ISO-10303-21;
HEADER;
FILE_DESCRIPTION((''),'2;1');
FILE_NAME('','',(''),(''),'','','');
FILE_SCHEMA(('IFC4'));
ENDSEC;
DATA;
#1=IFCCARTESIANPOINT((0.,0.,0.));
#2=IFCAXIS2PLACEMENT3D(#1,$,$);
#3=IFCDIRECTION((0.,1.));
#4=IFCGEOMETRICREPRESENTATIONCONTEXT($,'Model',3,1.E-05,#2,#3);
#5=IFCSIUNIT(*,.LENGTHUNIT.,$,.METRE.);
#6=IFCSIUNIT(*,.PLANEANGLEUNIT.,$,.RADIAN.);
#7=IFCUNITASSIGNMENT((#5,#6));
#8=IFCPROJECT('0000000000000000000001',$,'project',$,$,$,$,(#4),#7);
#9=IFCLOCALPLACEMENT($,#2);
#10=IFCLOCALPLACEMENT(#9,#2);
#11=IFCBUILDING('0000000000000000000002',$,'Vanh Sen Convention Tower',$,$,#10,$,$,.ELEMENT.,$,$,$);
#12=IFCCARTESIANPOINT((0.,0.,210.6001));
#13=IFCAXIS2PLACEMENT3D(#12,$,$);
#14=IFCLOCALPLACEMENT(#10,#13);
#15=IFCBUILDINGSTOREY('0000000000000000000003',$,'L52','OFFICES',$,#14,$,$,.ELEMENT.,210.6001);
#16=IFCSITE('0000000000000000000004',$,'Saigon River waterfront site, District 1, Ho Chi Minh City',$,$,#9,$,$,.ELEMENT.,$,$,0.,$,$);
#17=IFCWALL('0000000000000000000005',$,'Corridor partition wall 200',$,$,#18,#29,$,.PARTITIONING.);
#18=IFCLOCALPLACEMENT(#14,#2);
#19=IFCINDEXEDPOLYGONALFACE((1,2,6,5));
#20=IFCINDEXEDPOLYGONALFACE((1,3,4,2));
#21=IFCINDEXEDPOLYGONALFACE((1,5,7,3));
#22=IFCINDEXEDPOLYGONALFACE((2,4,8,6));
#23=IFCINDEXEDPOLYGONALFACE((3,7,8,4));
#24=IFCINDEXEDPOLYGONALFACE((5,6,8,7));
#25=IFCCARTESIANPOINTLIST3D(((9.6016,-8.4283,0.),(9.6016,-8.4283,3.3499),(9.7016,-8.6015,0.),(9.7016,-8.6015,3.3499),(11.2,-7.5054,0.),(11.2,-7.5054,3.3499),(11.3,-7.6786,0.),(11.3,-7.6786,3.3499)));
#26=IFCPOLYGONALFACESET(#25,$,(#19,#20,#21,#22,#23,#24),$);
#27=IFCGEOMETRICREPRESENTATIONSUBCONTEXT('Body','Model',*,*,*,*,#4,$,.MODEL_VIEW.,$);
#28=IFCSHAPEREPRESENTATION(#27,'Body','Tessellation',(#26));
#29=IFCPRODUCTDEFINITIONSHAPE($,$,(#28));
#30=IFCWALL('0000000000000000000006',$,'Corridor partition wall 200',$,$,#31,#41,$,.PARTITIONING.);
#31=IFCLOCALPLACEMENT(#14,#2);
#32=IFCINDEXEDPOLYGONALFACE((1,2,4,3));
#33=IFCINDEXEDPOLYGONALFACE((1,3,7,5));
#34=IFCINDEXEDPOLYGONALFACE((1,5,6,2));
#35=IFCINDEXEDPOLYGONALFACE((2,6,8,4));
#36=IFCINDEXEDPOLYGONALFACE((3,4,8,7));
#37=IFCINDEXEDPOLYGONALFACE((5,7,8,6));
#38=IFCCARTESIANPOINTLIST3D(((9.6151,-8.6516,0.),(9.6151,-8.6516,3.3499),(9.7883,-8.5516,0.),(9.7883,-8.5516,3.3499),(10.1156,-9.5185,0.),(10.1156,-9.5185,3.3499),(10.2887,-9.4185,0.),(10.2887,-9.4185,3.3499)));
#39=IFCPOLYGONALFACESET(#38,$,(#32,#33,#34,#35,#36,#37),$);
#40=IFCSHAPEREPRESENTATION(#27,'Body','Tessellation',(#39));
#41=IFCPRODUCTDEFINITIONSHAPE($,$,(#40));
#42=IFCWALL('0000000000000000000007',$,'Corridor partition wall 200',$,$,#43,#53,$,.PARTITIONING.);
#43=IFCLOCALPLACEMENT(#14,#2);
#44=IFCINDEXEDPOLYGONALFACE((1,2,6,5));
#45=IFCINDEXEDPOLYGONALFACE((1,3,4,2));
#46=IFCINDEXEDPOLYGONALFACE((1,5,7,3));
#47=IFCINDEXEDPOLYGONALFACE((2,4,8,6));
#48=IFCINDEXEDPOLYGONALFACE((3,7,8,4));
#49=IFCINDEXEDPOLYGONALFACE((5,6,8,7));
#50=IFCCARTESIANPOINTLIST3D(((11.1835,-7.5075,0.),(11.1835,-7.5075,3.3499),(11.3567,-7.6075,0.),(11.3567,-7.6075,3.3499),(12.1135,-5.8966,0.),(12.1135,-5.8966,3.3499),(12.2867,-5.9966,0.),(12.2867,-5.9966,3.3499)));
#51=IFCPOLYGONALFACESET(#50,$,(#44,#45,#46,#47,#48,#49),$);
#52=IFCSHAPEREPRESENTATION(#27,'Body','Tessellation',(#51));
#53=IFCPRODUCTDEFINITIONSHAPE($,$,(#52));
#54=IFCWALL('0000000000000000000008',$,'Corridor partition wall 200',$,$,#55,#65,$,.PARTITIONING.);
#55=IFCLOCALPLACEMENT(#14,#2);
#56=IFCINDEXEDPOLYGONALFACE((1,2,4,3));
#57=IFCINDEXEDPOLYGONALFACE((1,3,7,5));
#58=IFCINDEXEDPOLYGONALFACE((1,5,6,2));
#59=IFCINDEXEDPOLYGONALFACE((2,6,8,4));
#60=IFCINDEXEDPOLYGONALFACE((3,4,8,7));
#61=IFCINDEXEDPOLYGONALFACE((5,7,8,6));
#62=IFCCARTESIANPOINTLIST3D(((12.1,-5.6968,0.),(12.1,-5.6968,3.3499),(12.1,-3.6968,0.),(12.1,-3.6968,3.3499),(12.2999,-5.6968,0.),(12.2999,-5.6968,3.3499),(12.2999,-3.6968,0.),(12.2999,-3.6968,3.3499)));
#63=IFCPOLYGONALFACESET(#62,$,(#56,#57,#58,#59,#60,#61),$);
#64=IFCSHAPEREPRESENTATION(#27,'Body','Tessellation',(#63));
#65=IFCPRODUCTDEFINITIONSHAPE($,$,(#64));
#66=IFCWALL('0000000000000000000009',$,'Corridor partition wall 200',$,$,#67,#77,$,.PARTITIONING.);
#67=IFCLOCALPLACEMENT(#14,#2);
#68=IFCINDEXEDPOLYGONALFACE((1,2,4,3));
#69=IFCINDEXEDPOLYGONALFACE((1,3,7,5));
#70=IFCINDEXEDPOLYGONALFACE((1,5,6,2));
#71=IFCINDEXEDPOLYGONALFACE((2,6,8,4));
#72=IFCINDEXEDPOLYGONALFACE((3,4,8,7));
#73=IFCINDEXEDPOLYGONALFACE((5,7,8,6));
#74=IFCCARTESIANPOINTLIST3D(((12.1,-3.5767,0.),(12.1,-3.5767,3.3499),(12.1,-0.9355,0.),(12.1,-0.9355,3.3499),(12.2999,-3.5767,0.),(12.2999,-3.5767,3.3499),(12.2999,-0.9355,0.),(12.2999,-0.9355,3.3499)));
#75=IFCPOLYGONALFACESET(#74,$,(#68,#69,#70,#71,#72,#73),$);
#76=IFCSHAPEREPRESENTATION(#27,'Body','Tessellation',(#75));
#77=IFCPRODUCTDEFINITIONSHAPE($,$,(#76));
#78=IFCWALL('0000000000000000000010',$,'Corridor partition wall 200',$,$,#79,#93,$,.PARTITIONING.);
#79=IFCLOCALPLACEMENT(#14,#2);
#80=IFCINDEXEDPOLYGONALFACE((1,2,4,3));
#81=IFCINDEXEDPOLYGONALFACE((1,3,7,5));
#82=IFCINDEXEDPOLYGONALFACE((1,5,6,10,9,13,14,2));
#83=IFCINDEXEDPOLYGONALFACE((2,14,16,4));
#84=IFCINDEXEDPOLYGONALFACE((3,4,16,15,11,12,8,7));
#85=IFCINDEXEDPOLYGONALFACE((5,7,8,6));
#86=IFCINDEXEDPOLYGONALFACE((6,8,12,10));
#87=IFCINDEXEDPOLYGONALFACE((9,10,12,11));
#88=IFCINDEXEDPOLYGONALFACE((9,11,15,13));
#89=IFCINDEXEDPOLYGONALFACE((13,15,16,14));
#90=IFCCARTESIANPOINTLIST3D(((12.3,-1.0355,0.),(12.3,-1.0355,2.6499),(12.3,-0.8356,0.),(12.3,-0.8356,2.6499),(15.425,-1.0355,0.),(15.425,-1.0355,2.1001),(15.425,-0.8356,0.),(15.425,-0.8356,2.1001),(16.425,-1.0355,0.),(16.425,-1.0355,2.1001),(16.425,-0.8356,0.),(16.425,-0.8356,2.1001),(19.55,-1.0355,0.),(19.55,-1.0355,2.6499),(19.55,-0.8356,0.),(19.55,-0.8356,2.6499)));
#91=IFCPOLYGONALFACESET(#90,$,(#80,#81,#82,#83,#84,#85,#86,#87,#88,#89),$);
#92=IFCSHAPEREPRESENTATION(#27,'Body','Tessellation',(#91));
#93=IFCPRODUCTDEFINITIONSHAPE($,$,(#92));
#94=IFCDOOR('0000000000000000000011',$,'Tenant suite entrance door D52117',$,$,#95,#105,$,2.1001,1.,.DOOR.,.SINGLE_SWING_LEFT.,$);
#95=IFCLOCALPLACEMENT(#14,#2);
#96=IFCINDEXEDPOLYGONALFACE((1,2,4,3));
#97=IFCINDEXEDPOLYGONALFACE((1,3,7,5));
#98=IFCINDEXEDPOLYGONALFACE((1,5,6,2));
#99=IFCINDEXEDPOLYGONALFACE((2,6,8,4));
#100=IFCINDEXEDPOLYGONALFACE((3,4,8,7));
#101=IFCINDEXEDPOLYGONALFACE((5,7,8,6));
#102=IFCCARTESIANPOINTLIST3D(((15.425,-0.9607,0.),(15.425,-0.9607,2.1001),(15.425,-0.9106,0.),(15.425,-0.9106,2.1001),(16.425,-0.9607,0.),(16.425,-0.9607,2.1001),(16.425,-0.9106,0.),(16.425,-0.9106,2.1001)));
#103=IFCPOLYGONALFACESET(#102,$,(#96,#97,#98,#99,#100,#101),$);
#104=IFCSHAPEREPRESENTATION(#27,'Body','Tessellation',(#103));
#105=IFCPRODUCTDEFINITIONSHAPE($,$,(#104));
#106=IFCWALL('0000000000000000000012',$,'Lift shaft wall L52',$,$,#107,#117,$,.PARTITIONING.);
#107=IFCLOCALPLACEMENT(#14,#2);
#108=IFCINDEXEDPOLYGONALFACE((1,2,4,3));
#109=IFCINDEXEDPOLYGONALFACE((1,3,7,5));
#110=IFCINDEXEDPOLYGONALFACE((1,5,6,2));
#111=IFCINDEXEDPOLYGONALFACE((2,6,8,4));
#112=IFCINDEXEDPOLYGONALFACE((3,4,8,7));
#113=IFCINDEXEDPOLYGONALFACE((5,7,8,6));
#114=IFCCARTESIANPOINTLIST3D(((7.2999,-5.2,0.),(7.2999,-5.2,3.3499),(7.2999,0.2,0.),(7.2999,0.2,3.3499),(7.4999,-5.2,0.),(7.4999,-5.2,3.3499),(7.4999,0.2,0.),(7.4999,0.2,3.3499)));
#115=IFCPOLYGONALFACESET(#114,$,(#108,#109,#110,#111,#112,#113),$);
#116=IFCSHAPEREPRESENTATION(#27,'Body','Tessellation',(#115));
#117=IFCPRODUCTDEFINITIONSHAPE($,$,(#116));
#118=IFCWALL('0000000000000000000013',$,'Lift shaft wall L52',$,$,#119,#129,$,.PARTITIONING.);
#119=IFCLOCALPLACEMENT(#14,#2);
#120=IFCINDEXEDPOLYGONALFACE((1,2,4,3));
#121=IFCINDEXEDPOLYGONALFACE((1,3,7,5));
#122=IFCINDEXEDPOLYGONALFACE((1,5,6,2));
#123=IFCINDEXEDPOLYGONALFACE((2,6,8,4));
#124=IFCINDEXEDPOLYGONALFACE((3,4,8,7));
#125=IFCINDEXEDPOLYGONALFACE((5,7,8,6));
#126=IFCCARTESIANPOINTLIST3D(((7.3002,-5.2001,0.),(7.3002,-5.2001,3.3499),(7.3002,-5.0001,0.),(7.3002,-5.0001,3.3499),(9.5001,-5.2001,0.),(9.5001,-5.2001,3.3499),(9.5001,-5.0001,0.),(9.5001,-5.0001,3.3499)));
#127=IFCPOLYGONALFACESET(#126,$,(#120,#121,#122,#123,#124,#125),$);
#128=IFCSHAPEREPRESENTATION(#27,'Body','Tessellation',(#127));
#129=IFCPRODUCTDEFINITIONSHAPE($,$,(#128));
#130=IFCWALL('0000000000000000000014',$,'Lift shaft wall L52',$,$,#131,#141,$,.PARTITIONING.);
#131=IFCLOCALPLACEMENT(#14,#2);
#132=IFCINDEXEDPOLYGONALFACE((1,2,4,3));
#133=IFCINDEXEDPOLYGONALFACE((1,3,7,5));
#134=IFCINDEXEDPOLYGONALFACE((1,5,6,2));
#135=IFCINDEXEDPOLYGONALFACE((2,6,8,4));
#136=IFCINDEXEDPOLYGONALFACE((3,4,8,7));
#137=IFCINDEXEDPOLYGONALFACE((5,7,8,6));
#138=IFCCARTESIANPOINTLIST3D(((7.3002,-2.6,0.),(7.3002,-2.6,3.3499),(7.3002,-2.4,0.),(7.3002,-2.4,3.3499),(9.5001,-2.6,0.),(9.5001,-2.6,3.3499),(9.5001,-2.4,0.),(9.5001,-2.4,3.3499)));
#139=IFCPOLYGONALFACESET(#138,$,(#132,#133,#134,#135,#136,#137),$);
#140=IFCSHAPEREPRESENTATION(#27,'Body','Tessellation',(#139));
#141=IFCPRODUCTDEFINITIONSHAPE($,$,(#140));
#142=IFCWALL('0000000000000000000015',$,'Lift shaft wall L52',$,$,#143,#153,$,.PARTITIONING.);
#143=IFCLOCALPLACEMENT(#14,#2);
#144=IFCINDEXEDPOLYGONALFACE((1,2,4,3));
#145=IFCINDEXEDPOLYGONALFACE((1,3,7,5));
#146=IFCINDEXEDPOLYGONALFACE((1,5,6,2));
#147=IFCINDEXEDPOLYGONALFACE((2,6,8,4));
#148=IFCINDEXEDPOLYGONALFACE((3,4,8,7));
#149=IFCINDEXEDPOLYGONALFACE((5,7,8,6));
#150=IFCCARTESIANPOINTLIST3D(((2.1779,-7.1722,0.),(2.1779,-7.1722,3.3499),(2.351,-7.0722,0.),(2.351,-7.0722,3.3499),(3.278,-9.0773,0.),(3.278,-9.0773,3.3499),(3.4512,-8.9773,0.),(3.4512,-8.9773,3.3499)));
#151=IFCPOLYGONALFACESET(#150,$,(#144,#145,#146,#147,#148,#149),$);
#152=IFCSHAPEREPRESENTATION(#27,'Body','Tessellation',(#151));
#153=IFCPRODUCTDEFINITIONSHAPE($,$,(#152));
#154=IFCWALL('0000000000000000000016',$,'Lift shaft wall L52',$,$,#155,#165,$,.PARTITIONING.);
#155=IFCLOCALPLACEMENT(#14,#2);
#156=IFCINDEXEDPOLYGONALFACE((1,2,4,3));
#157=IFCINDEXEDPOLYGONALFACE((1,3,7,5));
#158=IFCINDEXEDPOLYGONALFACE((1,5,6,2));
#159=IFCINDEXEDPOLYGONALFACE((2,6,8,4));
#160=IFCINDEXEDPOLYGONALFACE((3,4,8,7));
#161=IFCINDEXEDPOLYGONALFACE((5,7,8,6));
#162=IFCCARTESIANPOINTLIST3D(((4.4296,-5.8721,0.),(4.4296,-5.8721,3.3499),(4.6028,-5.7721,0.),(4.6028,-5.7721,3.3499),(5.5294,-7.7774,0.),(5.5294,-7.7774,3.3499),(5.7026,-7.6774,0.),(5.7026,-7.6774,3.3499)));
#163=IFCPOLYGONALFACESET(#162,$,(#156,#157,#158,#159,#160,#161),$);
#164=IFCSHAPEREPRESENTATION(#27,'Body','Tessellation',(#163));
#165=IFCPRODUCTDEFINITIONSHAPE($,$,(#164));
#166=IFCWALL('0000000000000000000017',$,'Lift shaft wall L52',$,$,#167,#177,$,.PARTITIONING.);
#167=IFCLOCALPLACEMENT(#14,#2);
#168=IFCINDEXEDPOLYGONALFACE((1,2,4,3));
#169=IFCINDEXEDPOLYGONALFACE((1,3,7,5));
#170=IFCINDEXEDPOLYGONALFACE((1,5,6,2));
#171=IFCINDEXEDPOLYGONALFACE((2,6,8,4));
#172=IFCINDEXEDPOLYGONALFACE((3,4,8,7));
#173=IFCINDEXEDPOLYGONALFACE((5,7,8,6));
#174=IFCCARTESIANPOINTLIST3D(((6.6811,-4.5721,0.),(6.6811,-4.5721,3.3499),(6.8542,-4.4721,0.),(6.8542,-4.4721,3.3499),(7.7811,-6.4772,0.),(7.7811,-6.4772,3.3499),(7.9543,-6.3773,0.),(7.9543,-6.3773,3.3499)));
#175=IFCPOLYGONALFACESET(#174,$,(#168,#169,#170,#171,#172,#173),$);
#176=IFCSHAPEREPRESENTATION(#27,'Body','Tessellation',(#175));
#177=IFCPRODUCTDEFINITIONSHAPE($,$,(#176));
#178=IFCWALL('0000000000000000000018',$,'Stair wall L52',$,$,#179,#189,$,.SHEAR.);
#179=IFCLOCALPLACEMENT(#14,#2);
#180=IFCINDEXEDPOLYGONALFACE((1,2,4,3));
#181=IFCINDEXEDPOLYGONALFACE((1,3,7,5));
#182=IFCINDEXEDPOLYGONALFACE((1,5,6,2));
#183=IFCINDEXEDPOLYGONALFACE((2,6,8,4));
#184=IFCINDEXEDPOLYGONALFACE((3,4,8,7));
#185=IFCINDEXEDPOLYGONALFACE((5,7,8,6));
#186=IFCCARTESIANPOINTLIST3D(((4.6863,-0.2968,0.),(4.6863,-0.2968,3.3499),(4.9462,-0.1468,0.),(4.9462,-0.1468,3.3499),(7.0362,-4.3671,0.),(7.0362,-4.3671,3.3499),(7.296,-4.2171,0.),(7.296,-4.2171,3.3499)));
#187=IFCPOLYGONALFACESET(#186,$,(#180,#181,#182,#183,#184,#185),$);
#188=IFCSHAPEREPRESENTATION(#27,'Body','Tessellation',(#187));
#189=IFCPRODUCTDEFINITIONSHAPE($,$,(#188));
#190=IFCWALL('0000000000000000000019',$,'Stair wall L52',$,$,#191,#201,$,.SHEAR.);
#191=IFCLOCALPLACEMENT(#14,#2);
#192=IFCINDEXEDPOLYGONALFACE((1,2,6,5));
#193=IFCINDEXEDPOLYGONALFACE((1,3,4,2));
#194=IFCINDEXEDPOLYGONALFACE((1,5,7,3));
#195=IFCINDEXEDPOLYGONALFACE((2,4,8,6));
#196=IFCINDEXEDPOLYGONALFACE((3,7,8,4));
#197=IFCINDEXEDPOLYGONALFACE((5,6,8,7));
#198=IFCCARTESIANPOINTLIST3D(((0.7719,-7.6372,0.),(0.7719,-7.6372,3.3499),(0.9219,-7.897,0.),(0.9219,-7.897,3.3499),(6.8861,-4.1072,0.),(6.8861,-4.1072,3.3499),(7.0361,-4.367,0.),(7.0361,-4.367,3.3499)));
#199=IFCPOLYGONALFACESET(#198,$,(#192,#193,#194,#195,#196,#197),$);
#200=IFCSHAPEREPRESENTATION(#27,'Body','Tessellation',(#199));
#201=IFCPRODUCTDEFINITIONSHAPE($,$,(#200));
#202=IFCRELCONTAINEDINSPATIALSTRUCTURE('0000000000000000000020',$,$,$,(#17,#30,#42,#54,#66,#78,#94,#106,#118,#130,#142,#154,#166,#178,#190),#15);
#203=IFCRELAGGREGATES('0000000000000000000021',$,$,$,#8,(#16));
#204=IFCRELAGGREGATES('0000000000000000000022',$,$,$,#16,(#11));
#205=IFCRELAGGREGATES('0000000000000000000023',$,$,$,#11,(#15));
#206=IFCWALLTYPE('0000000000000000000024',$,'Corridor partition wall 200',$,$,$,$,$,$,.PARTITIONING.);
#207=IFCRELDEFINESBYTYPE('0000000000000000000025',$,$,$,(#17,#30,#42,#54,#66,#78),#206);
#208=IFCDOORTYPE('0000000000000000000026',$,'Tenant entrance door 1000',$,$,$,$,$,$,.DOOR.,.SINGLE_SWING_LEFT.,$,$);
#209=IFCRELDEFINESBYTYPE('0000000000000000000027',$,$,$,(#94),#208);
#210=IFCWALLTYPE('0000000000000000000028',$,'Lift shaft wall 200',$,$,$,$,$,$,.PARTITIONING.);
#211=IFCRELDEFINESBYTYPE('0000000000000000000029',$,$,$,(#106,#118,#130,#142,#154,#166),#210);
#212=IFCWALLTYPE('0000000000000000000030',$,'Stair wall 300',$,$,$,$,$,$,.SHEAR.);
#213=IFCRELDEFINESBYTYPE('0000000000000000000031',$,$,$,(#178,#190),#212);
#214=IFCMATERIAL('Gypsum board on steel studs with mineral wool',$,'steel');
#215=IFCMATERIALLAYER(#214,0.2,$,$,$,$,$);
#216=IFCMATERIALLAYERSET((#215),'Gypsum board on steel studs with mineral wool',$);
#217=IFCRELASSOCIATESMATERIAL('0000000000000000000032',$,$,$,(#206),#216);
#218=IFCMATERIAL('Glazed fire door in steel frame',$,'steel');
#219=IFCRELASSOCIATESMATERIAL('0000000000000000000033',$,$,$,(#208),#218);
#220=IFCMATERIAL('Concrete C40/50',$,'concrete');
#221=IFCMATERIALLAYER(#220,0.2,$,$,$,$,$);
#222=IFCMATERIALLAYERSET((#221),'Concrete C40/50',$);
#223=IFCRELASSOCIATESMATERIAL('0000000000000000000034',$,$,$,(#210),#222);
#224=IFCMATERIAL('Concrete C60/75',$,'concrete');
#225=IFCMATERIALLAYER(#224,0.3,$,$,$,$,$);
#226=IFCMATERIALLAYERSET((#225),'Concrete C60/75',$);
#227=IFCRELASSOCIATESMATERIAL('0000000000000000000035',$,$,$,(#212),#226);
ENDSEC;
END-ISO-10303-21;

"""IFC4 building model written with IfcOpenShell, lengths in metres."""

from ifc_helpers import new_model, si_unit, direction, frame, frame_2d, origin, place, context, subcontext, project, spatial, rectangle, extrude, material, layer, layer_set, type_object, element, fill, save


model = new_model("IFC4")

# Units and contexts
model_context = context("Model", 3, precision=1e-05, world=origin(), true_north=direction((0.0, 1.0)))
body_context = subcontext(model_context, "Body", "Model", "MODEL_VIEW")
ifc_project = project(units=[si_unit("LENGTHUNIT", "METRE"), si_unit("PLANEANGLEUNIT", "RADIAN")], contexts=[model_context])

# Site, building, storey
site_placement = place(None, origin())
site = spatial("IfcSite", under=ifc_project, at=site_placement, Name="Saigon River waterfront site, District 1, Ho Chi Minh City", CompositionType="ELEMENT", RefElevation=0.0)
building_placement = place(site_placement, origin())
building = spatial("IfcBuilding", under=site, at=building_placement, Name="Vanh Sen Convention Tower", CompositionType="ELEMENT")
storey_placement = place(building_placement, frame((0.0, 0.0, 210.6001)))
storey = spatial("IfcBuildingStorey", under=building, at=storey_placement, Name="L52", Description="OFFICES", CompositionType="ELEMENT", Elevation=210.6001)

# Shared definitions
ifc_material_1 = material(Name="Concrete C60/75", Category="concrete")

# Walls
ifc_material_2 = material(Name="Gypsum board on steel studs with mineral wool", Category="steel")
ifc_layer_1 = layer(ifc_material_2, 0.2)
ifc_layer_set_1 = layer_set([ifc_layer_1], Name="Gypsum board on steel studs with mineral wool")
wall_type_1 = type_object("IfcWallType", Name="Corridor partition wall 200", PredefinedType="PARTITIONING", material=ifc_layer_set_1)
wall_1_placement = place(storey_placement, frame((9.6516, -8.5149, 0.0), z_axis=(0.0, 0.0, 1.0), x_axis=(0.86602, 0.500009, 0.0)))
element("IfcWall", 1, at=wall_1_placement, inside=storey, type_object=wall_type_1, Name="Corridor partition wall 200", PredefinedType="PARTITIONING", context=body_context, shape_type="SweptSolid", body=[
    extrude(rectangle(XDim=1.8457, YDim=0.2, at=frame_2d((0.9229, 0.0))), origin(), (0.0, 0.0, 1.0), 3.3499),
])
wall_2_placement = place(storey_placement, frame((10.2021, -9.4685, 0.0), z_axis=(0.0, 0.0, 1.0), x_axis=(-0.499969, 0.866043, 0.0)))
element("IfcWall", 2, at=wall_2_placement, inside=storey, type_object=wall_type_1, Name="Corridor partition wall 200", PredefinedType="PARTITIONING", context=body_context, shape_type="SweptSolid", body=[
    extrude(rectangle(XDim=1.001, YDim=0.2, at=frame_2d((0.5005, 0.0))), origin(), (0.0, 0.0, 1.0), 3.3499),
])
wall_3_placement = place(storey_placement, frame((11.27, -7.5576, 0.0), z_axis=(0.0, 0.0, 1.0), x_axis=(0.499965, 0.866046, 0.0)))
element("IfcWall", 3, at=wall_3_placement, inside=storey, type_object=wall_type_1, Name="Corridor partition wall 200", PredefinedType="PARTITIONING", context=body_context, shape_type="SweptSolid", body=[
    extrude(rectangle(XDim=1.8601, YDim=0.2, at=frame_2d((0.9302, 0.0))), origin(), (0.0, 0.0, 1.0), 3.3499),
])
wall_4_placement = place(storey_placement, frame((12.2, -5.6968, 0.0), z_axis=(0.0, 0.0, 1.0), x_axis=(0.0, 1.0, 0.0)))
element("IfcWall", 4, at=wall_4_placement, inside=storey, type_object=wall_type_1, Name="Corridor partition wall 200", PredefinedType="PARTITIONING", context=body_context, shape_type="SweptSolid", body=[
    extrude(rectangle(XDim=2.0, YDim=0.2, at=frame_2d((1.0, 0.0))), origin(), (0.0, 0.0, 1.0), 3.3499),
])
wall_5_placement = place(storey_placement, frame((12.2, -3.5767, 0.0), z_axis=(0.0, 0.0, 1.0), x_axis=(0.0, 1.0, 0.0)))
element("IfcWall", 5, at=wall_5_placement, inside=storey, type_object=wall_type_1, Name="Corridor partition wall 200", PredefinedType="PARTITIONING", context=body_context, shape_type="SweptSolid", body=[
    extrude(rectangle(XDim=2.6411, YDim=0.2, at=frame_2d((1.3206, 0.0))), origin(), (0.0, 0.0, 1.0), 3.3499),
])

# Wall, opening, door
wall_6_placement = place(storey_placement, frame((12.3, -0.9355, 0.0), z_axis=(0.0, 0.0, 1.0), x_axis=(1.0, 0.0, 0.0)))
wall_6 = element("IfcWall", 6, at=wall_6_placement, inside=storey, type_object=wall_type_1, Name="Corridor partition wall 200", PredefinedType="PARTITIONING", context=body_context, shape_type="SweptSolid", body=[
    extrude(rectangle(XDim=7.25, YDim=0.2, at=frame_2d((3.625, 0.0))), origin(), (0.0, 0.0, 1.0), 2.6499),
])
opening_1_placement = place(wall_6_placement, frame((3.125, 0.0, 0.0)))
opening_1 = element("IfcOpeningElement", 7, at=opening_1_placement, cuts=wall_6, PredefinedType="OPENING", context=body_context, shape_type="SweptSolid", body=[
    extrude(rectangle(XDim=1.0, YDim=2.1001, at=frame_2d((0.5, 1.05))), frame((0.0, 0.1099, 0.0), z_axis=(0.0, -1.0, 0.0), x_axis=(1.0, 0.0, 0.0)), (0.0, 0.0, 1.0), 0.22),
])
ifc_material_3 = material(Name="Glazed fire door in steel frame", Category="steel")
door_type_1 = type_object("IfcDoorType", Name="Tenant entrance door 1000", OperationType="SINGLE_SWING_LEFT", PredefinedType="DOOR", material=ifc_material_3)
door_1_placement = place(opening_1_placement, origin())
door_1 = element("IfcDoor", 8, at=door_1_placement, inside=storey, type_object=door_type_1, Name="Tenant suite entrance door D52117", OperationType="SINGLE_SWING_LEFT", OverallHeight=2.1001, OverallWidth=1.0, PredefinedType="DOOR", context=body_context, shape_type="SweptSolid", body=[
    extrude(rectangle(XDim=1.0, YDim=2.1001, at=frame_2d((0.5, 1.05))), frame((0.0, 0.0249, 0.0), z_axis=(0.0, -1.0, 0.0), x_axis=(1.0, 0.0, 0.0)), (0.0, 0.0, 1.0), 0.05),
])
fill(opening_1, door_1)

# Walls
ifc_material_4 = material(Name="Concrete C40/50", Category="concrete")
ifc_layer_2 = layer(ifc_material_4, 0.2)
ifc_layer_set_2 = layer_set([ifc_layer_2], Name="Concrete C40/50")
wall_type_2 = type_object("IfcWallType", Name="Lift shaft wall 200", PredefinedType="PARTITIONING", material=ifc_layer_set_2)
wall_7_placement = place(storey_placement, frame((7.3999, -5.2, 0.0), z_axis=(0.0, 0.0, 1.0), x_axis=(0.0, 1.0, 0.0)))
element("IfcWall", 9, at=wall_7_placement, inside=storey, type_object=wall_type_2, Name="Lift shaft wall L52", PredefinedType="PARTITIONING", context=body_context, shape_type="SweptSolid", body=[
    extrude(rectangle(XDim=5.3999, YDim=0.2, at=frame_2d((2.7, 0.0))), origin(), (0.0, 0.0, 1.0), 3.3499),
])
for number, where, z_axis, x_axis, name in (
    (10, (7.3, -5.1001, 0.0), (0.0, 0.0, 1.0), (1.0, 0.0, 0.0), "Lift shaft wall L52"),
    (11, (7.3, -2.5, 0.0), (0.0, 0.0, 1.0), (1.0, 0.0, 0.0), "Lift shaft wall L52"),
    (12, (2.2644, -7.1221, 0.0), (0.0, 0.0, 1.0), (0.500078, -0.86598, 0.0), "Lift shaft wall L52"),
    (13, (4.5161, -5.822, 0.0), (0.0, 0.0, 1.0), (0.499947, -0.866056, 0.0), "Lift shaft wall L52"),
    (14, (6.7676, -4.522, 0.0), (0.0, 0.0, 1.0), (0.50003, -0.866008, 0.0), "Lift shaft wall L52"),
):
    element("IfcWall", number, at=place(storey_placement, frame(where, z_axis=z_axis, x_axis=x_axis)), inside=storey, type_object=wall_type_2, Name=name, PredefinedType="PARTITIONING", context=body_context, shape_type="SweptSolid", body=[
        extrude(rectangle(XDim=2.2, YDim=0.2, at=frame_2d((1.1001, 0.0))), origin(), (0.0, 0.0, 1.0), 3.3499),
    ])
ifc_layer_3 = layer(ifc_material_1, 0.3)
ifc_layer_set_3 = layer_set([ifc_layer_3], Name="Concrete C60/75")
wall_type_3 = type_object("IfcWallType", Name="Stair wall 300", PredefinedType="SHEAR", material=ifc_layer_set_3)
wall_8_placement = place(storey_placement, frame((4.8162, -0.2217, 0.0), z_axis=(0.0, 0.0, 1.0), x_axis=(0.499977, -0.866039, 0.0)))
element("IfcWall", 15, at=wall_8_placement, inside=storey, type_object=wall_type_3, Name="Stair wall L52", PredefinedType="SHEAR", context=body_context, shape_type="SweptSolid", body=[
    extrude(rectangle(XDim=4.7, YDim=0.3, at=frame_2d((2.3501, 0.0))), origin(), (0.0, 0.0, 1.0), 3.3499),
])
wall_9_placement = place(storey_placement, frame((0.8469, -7.7671, 0.0), z_axis=(0.0, 0.0, 1.0), x_axis=(0.866028, 0.499996, 0.0)))
element("IfcWall", 16, at=wall_9_placement, inside=storey, type_object=wall_type_3, Name="Stair wall L52", PredefinedType="SHEAR", context=body_context, shape_type="SweptSolid", body=[
    extrude(rectangle(XDim=7.0601, YDim=0.3, at=frame_2d((3.53, 0.0))), origin(), (0.0, 0.0, 1.0), 3.3499),
])

save(model, "model.ifc")
